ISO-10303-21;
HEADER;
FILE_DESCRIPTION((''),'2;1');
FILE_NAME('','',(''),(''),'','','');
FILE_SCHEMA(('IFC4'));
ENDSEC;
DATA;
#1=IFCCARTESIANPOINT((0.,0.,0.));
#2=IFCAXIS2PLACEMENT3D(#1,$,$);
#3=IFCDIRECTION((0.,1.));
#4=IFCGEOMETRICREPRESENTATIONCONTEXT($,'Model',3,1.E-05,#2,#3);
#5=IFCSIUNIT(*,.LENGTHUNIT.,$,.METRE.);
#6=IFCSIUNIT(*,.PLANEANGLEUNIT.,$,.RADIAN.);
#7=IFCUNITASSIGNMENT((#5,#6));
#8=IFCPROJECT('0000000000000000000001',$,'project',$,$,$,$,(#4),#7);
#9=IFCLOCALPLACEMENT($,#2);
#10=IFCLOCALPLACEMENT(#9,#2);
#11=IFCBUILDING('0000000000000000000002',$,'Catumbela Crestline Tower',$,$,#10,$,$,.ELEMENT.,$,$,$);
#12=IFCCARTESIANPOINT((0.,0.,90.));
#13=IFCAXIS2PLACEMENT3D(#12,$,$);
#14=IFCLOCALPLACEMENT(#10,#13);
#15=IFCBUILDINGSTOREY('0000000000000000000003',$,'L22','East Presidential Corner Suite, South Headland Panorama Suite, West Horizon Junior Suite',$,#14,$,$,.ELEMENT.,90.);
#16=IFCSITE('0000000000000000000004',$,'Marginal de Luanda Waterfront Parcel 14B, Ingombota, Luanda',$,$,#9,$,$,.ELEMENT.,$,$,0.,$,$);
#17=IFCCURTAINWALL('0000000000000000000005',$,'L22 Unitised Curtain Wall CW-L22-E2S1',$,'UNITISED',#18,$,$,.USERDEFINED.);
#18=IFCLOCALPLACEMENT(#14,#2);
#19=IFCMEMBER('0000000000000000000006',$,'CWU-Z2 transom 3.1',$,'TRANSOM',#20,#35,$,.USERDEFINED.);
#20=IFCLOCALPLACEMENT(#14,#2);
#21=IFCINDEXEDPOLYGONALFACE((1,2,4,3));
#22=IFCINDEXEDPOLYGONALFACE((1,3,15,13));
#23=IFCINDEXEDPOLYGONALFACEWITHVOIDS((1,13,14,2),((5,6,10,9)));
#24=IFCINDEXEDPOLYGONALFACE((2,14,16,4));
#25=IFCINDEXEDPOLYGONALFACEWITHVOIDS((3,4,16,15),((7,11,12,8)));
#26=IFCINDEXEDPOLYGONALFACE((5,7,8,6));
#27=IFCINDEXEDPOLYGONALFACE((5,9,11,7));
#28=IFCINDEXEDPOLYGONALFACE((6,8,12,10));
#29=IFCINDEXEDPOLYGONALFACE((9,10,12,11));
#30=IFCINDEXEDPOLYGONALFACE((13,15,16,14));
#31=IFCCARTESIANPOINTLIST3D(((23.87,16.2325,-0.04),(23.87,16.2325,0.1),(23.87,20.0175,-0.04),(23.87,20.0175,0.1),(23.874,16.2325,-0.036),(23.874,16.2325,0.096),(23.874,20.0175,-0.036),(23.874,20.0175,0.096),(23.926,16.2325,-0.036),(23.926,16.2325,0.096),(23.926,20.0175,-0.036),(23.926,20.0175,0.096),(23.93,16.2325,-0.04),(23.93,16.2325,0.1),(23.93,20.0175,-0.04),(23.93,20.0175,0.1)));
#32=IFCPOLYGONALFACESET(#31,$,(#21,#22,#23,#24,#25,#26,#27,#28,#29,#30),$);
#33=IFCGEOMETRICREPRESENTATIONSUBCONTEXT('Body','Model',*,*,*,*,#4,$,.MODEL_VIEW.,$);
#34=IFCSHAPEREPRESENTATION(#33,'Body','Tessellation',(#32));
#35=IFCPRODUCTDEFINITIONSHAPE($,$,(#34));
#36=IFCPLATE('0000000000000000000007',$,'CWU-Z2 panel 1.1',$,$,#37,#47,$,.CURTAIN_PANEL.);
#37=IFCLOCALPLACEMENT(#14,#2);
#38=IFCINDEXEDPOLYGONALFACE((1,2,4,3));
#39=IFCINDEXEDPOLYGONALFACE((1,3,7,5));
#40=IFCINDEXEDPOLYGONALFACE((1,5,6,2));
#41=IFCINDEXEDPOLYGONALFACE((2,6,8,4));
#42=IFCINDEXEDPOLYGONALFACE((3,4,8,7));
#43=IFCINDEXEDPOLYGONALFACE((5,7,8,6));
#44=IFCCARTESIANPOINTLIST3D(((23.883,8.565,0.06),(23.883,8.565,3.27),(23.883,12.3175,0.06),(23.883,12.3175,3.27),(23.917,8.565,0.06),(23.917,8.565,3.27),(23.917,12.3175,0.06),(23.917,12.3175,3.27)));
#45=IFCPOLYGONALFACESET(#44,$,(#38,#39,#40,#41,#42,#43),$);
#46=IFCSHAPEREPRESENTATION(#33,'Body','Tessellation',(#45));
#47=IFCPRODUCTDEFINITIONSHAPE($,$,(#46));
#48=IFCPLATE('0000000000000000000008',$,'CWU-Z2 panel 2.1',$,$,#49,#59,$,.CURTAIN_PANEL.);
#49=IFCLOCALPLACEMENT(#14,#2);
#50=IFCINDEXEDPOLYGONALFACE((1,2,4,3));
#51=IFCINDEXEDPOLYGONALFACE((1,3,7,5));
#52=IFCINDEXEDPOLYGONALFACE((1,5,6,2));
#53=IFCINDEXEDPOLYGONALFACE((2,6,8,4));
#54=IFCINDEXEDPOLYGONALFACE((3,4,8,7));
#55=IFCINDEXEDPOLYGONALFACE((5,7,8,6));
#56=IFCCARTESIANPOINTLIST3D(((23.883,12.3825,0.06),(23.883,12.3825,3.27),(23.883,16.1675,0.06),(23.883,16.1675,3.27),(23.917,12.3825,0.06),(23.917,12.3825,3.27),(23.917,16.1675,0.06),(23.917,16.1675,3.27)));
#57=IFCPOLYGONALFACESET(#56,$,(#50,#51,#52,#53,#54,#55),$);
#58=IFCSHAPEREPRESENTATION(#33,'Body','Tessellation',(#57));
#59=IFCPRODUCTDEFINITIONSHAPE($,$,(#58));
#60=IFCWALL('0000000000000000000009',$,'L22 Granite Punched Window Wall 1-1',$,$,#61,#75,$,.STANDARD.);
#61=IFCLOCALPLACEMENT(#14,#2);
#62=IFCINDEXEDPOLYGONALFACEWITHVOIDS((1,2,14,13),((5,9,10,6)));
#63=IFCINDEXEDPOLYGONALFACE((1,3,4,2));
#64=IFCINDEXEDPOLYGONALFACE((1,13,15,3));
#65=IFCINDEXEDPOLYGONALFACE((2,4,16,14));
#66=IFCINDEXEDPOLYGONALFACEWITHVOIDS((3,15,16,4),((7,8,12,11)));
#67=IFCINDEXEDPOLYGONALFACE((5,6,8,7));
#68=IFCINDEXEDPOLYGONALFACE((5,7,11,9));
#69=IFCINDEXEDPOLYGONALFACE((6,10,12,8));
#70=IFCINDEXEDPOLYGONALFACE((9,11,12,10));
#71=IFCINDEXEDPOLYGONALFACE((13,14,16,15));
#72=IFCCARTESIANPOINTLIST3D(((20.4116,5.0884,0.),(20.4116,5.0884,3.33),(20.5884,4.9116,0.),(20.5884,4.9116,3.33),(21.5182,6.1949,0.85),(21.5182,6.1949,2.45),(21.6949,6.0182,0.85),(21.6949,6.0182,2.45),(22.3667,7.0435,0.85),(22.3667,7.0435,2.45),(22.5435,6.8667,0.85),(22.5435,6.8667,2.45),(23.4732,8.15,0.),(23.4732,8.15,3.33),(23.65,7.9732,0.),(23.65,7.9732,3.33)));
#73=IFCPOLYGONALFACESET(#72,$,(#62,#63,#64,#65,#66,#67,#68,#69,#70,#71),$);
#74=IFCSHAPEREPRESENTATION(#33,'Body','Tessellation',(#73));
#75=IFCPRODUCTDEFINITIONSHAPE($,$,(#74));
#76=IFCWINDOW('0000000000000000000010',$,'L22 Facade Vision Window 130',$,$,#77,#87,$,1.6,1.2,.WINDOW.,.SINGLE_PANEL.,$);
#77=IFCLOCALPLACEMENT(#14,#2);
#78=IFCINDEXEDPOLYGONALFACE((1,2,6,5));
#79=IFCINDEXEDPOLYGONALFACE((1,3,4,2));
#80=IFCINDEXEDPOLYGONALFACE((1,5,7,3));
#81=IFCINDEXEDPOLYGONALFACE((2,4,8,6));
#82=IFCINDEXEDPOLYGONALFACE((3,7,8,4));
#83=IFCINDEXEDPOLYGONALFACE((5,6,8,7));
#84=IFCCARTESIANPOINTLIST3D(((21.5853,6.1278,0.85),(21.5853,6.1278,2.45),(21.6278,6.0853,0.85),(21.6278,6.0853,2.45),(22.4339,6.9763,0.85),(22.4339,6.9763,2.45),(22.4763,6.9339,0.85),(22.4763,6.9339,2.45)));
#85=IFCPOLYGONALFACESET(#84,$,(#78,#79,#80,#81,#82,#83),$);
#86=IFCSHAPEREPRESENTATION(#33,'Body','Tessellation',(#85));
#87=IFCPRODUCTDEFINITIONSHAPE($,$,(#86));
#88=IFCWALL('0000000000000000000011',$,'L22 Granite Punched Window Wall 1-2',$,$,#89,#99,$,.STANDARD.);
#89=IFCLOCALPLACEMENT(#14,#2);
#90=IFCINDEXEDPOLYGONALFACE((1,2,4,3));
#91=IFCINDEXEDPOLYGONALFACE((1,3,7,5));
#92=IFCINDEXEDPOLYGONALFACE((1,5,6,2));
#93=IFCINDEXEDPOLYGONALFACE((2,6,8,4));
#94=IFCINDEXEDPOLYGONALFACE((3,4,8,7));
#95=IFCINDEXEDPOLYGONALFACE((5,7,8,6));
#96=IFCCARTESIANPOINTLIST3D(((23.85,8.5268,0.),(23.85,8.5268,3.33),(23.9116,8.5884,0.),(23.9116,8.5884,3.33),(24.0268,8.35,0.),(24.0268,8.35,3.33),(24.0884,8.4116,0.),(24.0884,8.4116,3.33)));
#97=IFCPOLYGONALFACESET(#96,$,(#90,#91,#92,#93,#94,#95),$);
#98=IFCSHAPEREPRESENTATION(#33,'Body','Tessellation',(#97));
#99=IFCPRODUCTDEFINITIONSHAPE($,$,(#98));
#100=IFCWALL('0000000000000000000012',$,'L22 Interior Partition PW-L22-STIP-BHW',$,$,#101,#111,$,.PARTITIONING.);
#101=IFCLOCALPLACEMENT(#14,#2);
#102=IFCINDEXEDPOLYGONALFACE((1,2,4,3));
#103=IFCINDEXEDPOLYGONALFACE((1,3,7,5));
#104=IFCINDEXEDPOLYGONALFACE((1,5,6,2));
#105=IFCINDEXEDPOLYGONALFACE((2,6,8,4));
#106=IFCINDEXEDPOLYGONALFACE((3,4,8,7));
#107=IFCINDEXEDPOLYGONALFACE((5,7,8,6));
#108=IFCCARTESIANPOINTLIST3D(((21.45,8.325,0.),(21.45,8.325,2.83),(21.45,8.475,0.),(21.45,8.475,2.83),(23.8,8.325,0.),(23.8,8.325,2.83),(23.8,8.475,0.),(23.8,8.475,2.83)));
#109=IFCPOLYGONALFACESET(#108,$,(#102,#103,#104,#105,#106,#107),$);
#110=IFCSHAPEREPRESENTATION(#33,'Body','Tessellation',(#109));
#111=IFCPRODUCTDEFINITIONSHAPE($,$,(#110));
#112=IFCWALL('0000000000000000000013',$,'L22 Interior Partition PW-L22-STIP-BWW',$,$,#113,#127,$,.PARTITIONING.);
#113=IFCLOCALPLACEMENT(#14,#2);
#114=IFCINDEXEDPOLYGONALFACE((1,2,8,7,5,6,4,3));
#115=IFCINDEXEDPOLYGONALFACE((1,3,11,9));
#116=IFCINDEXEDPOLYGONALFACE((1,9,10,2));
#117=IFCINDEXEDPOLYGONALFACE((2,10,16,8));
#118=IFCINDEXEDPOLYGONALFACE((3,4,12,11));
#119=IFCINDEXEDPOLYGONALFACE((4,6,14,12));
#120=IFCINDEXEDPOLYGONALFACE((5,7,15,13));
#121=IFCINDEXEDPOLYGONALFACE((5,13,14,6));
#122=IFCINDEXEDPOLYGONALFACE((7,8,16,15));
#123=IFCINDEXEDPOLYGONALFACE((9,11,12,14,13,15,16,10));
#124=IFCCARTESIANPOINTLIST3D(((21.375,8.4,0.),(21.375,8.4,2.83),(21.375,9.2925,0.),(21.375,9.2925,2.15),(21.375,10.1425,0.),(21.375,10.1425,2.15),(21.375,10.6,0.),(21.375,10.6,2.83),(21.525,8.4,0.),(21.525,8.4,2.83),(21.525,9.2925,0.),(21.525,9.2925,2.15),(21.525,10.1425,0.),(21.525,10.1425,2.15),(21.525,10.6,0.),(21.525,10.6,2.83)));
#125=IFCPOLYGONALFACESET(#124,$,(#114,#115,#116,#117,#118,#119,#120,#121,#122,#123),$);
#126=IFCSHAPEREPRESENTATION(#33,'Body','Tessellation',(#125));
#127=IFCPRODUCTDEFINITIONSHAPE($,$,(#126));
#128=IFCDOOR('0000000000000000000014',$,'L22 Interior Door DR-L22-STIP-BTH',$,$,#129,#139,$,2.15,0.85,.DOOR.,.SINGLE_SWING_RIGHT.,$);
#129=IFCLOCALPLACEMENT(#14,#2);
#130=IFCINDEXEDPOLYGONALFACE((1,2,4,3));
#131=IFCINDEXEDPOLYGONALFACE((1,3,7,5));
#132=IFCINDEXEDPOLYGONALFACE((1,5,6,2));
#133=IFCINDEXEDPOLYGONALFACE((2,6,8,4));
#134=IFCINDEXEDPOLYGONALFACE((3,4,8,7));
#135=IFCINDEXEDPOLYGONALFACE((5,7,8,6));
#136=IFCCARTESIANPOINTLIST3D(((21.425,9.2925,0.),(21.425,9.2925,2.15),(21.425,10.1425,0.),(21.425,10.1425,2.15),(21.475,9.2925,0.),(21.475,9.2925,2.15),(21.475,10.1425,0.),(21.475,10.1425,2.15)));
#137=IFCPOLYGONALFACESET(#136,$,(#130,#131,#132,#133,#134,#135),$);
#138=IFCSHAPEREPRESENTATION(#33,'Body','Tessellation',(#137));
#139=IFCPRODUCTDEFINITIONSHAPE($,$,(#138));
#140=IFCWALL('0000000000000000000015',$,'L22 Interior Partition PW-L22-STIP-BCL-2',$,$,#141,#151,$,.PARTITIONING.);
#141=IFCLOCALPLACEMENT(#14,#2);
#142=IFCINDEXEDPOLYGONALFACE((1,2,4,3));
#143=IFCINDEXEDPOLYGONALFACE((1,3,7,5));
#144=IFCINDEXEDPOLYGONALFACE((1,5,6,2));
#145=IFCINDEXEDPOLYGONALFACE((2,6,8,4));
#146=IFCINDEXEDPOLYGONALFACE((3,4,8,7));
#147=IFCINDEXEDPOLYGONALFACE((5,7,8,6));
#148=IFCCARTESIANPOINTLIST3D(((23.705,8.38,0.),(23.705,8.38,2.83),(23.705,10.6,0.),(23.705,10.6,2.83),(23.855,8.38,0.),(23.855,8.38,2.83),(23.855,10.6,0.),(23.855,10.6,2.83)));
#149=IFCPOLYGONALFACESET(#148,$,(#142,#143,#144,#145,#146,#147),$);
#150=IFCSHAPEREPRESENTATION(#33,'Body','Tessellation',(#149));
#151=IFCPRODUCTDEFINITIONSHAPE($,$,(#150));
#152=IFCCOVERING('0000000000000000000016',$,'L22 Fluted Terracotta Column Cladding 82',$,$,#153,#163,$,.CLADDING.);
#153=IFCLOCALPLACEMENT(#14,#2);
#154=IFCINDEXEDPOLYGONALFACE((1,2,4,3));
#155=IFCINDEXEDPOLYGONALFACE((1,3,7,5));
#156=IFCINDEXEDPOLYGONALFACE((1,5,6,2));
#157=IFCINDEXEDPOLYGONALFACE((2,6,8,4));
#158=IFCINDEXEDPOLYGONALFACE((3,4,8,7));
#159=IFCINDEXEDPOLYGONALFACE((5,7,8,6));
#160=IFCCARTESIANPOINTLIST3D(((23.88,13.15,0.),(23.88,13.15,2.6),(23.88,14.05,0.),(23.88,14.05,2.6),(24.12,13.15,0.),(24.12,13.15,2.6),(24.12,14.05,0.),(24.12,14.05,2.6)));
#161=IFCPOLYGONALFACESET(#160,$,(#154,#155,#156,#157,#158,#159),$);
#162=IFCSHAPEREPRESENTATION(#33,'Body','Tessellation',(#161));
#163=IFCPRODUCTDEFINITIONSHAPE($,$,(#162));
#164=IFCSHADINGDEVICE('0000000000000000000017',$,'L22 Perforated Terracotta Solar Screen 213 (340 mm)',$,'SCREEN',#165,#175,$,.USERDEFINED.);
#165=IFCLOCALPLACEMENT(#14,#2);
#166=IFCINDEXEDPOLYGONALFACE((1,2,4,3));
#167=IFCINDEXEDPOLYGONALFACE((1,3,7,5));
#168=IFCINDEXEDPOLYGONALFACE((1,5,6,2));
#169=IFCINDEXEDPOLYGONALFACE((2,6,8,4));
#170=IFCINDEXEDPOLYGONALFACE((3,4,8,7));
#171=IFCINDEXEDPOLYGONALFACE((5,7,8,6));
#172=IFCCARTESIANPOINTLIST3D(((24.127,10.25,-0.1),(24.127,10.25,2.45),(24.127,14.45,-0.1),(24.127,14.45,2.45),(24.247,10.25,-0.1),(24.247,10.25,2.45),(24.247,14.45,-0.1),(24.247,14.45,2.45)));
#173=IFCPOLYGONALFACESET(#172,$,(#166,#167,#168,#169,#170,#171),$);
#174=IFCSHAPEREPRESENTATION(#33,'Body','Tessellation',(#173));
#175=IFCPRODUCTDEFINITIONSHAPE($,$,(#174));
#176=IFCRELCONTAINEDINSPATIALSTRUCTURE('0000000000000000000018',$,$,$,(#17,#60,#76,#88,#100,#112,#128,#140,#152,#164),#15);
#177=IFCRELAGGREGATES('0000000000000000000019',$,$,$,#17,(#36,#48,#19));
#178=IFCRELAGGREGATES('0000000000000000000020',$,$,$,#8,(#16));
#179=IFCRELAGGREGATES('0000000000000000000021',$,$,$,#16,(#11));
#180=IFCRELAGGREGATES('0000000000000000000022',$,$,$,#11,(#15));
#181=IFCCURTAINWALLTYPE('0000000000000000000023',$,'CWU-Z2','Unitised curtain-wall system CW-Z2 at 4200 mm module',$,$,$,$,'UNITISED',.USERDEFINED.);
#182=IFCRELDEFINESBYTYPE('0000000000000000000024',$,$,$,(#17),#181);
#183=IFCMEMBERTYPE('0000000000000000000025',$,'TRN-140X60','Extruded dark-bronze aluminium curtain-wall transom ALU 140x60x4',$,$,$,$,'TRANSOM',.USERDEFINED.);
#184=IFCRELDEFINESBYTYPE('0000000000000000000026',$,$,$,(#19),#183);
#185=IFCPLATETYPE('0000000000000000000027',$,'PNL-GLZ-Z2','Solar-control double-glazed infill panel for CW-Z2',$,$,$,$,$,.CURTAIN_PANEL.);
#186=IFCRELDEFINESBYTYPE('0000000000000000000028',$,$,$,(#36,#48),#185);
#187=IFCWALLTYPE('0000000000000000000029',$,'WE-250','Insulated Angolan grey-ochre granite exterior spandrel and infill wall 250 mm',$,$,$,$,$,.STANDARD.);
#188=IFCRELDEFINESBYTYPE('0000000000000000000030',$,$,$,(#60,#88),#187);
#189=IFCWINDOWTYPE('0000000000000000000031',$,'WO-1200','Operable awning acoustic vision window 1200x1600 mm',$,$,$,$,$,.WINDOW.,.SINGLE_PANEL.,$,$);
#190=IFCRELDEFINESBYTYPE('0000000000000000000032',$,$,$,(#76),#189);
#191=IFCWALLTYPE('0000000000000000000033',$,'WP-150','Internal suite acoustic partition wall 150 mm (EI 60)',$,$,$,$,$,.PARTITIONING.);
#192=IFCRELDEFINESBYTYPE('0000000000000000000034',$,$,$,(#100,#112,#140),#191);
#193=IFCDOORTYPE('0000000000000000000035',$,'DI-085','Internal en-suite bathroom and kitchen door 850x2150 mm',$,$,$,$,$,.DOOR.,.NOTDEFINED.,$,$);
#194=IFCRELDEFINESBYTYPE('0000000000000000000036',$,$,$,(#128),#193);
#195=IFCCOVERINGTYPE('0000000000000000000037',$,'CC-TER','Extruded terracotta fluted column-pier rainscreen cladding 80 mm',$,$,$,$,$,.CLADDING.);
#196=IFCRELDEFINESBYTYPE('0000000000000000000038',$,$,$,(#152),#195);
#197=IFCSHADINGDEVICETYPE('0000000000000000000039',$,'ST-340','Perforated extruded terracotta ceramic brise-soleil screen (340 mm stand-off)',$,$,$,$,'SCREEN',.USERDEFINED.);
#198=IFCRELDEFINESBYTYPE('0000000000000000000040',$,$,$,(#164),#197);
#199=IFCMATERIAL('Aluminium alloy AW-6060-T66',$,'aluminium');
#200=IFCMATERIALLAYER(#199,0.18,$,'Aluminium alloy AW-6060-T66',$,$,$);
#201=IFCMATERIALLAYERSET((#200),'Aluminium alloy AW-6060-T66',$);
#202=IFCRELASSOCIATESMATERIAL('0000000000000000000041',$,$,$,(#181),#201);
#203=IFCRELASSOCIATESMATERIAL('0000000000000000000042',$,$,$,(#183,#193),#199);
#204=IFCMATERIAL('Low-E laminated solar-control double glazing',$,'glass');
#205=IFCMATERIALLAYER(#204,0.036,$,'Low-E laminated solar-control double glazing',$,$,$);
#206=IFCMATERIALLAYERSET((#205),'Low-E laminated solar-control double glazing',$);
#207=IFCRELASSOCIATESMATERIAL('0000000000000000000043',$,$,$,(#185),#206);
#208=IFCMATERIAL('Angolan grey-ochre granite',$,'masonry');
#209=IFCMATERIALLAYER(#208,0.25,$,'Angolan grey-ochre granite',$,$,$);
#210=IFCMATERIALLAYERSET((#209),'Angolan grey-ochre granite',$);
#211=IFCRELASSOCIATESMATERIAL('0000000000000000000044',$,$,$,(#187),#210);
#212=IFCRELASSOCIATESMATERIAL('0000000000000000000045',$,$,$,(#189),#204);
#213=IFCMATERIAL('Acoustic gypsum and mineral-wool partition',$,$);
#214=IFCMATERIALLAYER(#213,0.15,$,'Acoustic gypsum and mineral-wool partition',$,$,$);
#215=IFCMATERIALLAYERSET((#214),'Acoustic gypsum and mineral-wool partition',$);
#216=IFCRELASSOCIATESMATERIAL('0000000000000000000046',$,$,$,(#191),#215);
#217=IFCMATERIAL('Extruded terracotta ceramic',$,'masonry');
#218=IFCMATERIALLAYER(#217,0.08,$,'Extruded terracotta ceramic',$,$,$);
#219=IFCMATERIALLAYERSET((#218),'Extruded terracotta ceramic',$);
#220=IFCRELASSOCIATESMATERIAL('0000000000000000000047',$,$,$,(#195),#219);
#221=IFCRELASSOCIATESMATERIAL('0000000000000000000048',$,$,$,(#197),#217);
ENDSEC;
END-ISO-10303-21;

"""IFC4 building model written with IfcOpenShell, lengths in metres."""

from ifc_helpers import new_model, si_unit, direction, frame, frame_2d, origin, origin_2d, place, context, subcontext, project, spatial, rectangle, hollow_rectangle, extrude, material, layer, layer_set, material_profile, profile_set, type_object, element, fill, aggregate, save


model = new_model("IFC4")

# Units and contexts
model_context = context("Model", 3, precision=1e-05, world=origin(), true_north=direction((0.0, 1.0)))
body_context = subcontext(model_context, "Body", "Model", "MODEL_VIEW")
ifc_project = project(units=[si_unit("LENGTHUNIT", "METRE"), si_unit("PLANEANGLEUNIT", "RADIAN")], contexts=[model_context])

# Site, building, storey
site_placement = place(None, origin())
site = spatial("IfcSite", under=ifc_project, at=site_placement, Name="Marginal de Luanda Waterfront Parcel 14B, Ingombota, Luanda", CompositionType="ELEMENT", RefElevation=0.0)
building_placement = place(site_placement, origin())
building = spatial("IfcBuilding", under=site, at=building_placement, Name="Catumbela Crestline Tower", CompositionType="ELEMENT")
storey_placement = place(building_placement, frame((0.0, 0.0, 90.0)))
storey = spatial("IfcBuildingStorey", under=building, at=storey_placement, Name="L22", Description="East Presidential Corner Suite, South Headland Panorama Suite, West Horizon Junior Suite", CompositionType="ELEMENT", Elevation=90.0)

# Shared definitions
ifc_material_1 = material(Name="Aluminium alloy AW-6060-T66", Category="aluminium")
ifc_layer_1 = layer(ifc_material_1, 0.18, Name="Aluminium alloy AW-6060-T66")
ifc_layer_set_1 = layer_set([ifc_layer_1], Name="Aluminium alloy AW-6060-T66")
curtain_wall_type = type_object("IfcCurtainWallType", Name="CWU-Z2", Description="Unitised curtain-wall system CW-Z2 at 4200 mm module", ElementType="UNITISED", PredefinedType="USERDEFINED", material=ifc_layer_set_1)

# Curtain wall
curtain_wall_1_placement = place(storey_placement, origin())
curtain_wall_1 = element("IfcCurtainWall", 1, at=curtain_wall_1_placement, inside=storey, type_object=curtain_wall_type, Name="L22 Unitised Curtain Wall CW-L22-E2S1", ObjectType="UNITISED", PredefinedType="USERDEFINED")

# Member
ifc_material_profile_1 = material_profile(ifc_material_1, hollow_rectangle(XDim=0.06, YDim=0.14, WallThickness=0.004, at=origin_2d()), Name="ALU 140x60x4")
ifc_profile_set_1 = profile_set([ifc_material_profile_1], Name="Aluminium alloy AW-6060-T66")
member_type_1 = type_object("IfcMemberType", Name="TRN-140X60", Description="Extruded dark-bronze aluminium curtain-wall transom ALU 140x60x4", ElementType="TRANSOM", PredefinedType="USERDEFINED", material=ifc_profile_set_1)
member_1_placement = place(storey_placement, frame((23.9, 16.2325, 0.03), z_axis=(0.0, 1.0, 0.0), x_axis=(-1.0, 0.0, 0.0)))
member_1 = element("IfcMember", 2, at=member_1_placement, type_object=member_type_1, Name="CWU-Z2 transom 3.1", ObjectType="TRANSOM", PredefinedType="USERDEFINED", context=body_context, shape_type="SweptSolid", body=[
    extrude(hollow_rectangle(XDim=0.06, YDim=0.14, WallThickness=0.004, at=origin_2d()), origin(), (0.0, 0.0, 1.0), 3.785),
])

# Plates
ifc_material_2 = material(Name="Low-E laminated solar-control double glazing", Category="glass")
ifc_layer_2 = layer(ifc_material_2, 0.036, Name="Low-E laminated solar-control double glazing")
ifc_layer_set_2 = layer_set([ifc_layer_2], Name="Low-E laminated solar-control double glazing")
plate_type = type_object("IfcPlateType", Name="PNL-GLZ-Z2", Description="Solar-control double-glazed infill panel for CW-Z2", PredefinedType="CURTAIN_PANEL", material=ifc_layer_set_2)
plate_1_placement = place(storey_placement, frame((23.9, 10.4412, 0.06), z_axis=(0.0, 0.0, 1.0), x_axis=(0.0, 1.0, 0.0)))
plate_1 = element("IfcPlate", 3, at=plate_1_placement, type_object=plate_type, Name="CWU-Z2 panel 1.1", PredefinedType="CURTAIN_PANEL", context=body_context, shape_type="SweptSolid", body=[
    extrude(rectangle(XDim=3.7525, YDim=0.034, at=origin_2d()), origin(), (0.0, 0.0, 1.0), 3.21),
])
plate_2_placement = place(storey_placement, frame((23.9, 14.275, 0.06), z_axis=(0.0, 0.0, 1.0), x_axis=(0.0, 1.0, 0.0)))
plate_2 = element("IfcPlate", 4, at=plate_2_placement, type_object=plate_type, Name="CWU-Z2 panel 2.1", PredefinedType="CURTAIN_PANEL", context=body_context, shape_type="SweptSolid", body=[
    extrude(rectangle(XDim=3.785, YDim=0.034, at=origin_2d()), origin(), (0.0, 0.0, 1.0), 3.21),
])
aggregate(curtain_wall_1, [plate_1, plate_2, member_1])

# Wall, opening, window
ifc_material_3 = material(Name="Angolan grey-ochre granite", Category="masonry")
ifc_layer_3 = layer(ifc_material_3, 0.25, Name="Angolan grey-ochre granite")
ifc_layer_set_3 = layer_set([ifc_layer_3], Name="Angolan grey-ochre granite")
wall_type_1 = type_object("IfcWallType", Name="WE-250", Description="Insulated Angolan grey-ochre granite exterior spandrel and infill wall 250 mm", PredefinedType="STANDARD", material=ifc_layer_set_3)
wall_1_placement = place(storey_placement, frame((20.5, 5.0, 0.0), z_axis=(0.0, 0.0, 1.0), x_axis=(0.707107, 0.707107, 0.0)))
wall_1 = element("IfcWall", 5, at=wall_1_placement, inside=storey, type_object=wall_type_1, Name="L22 Granite Punched Window Wall 1-1", PredefinedType="STANDARD", context=body_context, shape_type="SweptSolid", body=[
    extrude(rectangle(XDim=4.3298, YDim=0.25, at=frame_2d((2.1649, 0.0))), origin(), (0.0, 0.0, 1.0), 3.33),
])
opening_1_placement = place(wall_1_placement, frame((1.5649, 0.0, 0.85)))
opening_1 = element("IfcOpeningElement", 6, at=opening_1_placement, cuts=wall_1, PredefinedType="OPENING", context=body_context, shape_type="SweptSolid", body=[
    extrude(rectangle(XDim=1.2, YDim=1.6, at=frame_2d((0.6, 0.8))), frame((0.0, 0.135, 0.0), z_axis=(0.0, -1.0, 0.0), x_axis=(1.0, 0.0, 0.0)), (0.0, 0.0, 1.0), 0.27),
])
window_type = type_object("IfcWindowType", Name="WO-1200", Description="Operable awning acoustic vision window 1200x1600 mm", PartitioningType="SINGLE_PANEL", PredefinedType="WINDOW", material=ifc_material_2)
window_placement = place(opening_1_placement, origin())
window = element("IfcWindow", 7, at=window_placement, inside=storey, type_object=window_type, Name="L22 Facade Vision Window 130", OverallHeight=1.6, OverallWidth=1.2, PartitioningType="SINGLE_PANEL", PredefinedType="WINDOW", context=body_context, shape_type="SweptSolid", body=[
    extrude(rectangle(XDim=1.2, YDim=1.6, at=frame_2d((0.6, 0.8))), frame((0.0, 0.03, 0.0), z_axis=(0.0, -1.0, 0.0), x_axis=(1.0, 0.0, 0.0)), (0.0, 0.0, 1.0), 0.06),
])
fill(opening_1, window)

# Walls
wall_2_placement = place(storey_placement, frame((23.9384, 8.4384, 0.0), z_axis=(0.0, 0.0, 1.0), x_axis=(0.707107, 0.707107, 0.0)))
element("IfcWall", 8, at=wall_2_placement, inside=storey, type_object=wall_type_1, Name="L22 Granite Punched Window Wall 1-2", PredefinedType="STANDARD", context=body_context, shape_type="SweptSolid", body=[
    extrude(rectangle(XDim=0.0871, YDim=0.25, at=frame_2d((0.0436, 0.0))), origin(), (0.0, 0.0, 1.0), 3.33),
])
ifc_material_4 = material(Name="Acoustic gypsum and mineral-wool partition")
ifc_layer_4 = layer(ifc_material_4, 0.15, Name="Acoustic gypsum and mineral-wool partition")
ifc_layer_set_4 = layer_set([ifc_layer_4], Name="Acoustic gypsum and mineral-wool partition")
wall_type_2 = type_object("IfcWallType", Name="WP-150", Description="Internal suite acoustic partition wall 150 mm (EI 60)", PredefinedType="PARTITIONING", material=ifc_layer_set_4)
wall_3_placement = place(storey_placement, frame((21.45, 8.4, 0.0), z_axis=(0.0, 0.0, 1.0), x_axis=(1.0, 0.0, 0.0)))
element("IfcWall", 9, at=wall_3_placement, inside=storey, type_object=wall_type_2, Name="L22 Interior Partition PW-L22-STIP-BHW", PredefinedType="PARTITIONING", context=body_context, shape_type="SweptSolid", body=[
    extrude(rectangle(XDim=2.35, YDim=0.15, at=frame_2d((1.175, 0.0))), origin(), (0.0, 0.0, 1.0), 2.83),
])

# Wall, opening, door
wall_4_placement = place(storey_placement, frame((21.45, 8.4, 0.0), z_axis=(0.0, 0.0, 1.0), x_axis=(0.0, 1.0, 0.0)))
wall_4 = element("IfcWall", 10, at=wall_4_placement, inside=storey, type_object=wall_type_2, Name="L22 Interior Partition PW-L22-STIP-BWW", PredefinedType="PARTITIONING", context=body_context, shape_type="SweptSolid", body=[
    extrude(rectangle(XDim=2.2, YDim=0.15, at=frame_2d((1.1, 0.0))), origin(), (0.0, 0.0, 1.0), 2.83),
])
opening_2_placement = place(wall_4_placement, frame((0.8925, 0.0, 0.0)))
opening_2 = element("IfcOpeningElement", 11, at=opening_2_placement, cuts=wall_4, PredefinedType="OPENING", context=body_context, shape_type="SweptSolid", body=[
    extrude(rectangle(XDim=0.85, YDim=2.15, at=frame_2d((0.425, 1.075))), frame((0.0, 0.085, 0.0), z_axis=(0.0, -1.0, 0.0), x_axis=(1.0, 0.0, 0.0)), (0.0, 0.0, 1.0), 0.17),
])
door_type = type_object("IfcDoorType", Name="DI-085", Description="Internal en-suite bathroom and kitchen door 850x2150 mm", OperationType="NOTDEFINED", PredefinedType="DOOR", material=ifc_material_1)
door_placement = place(opening_2_placement, origin())
door = element("IfcDoor", 12, at=door_placement, inside=storey, type_object=door_type, Name="L22 Interior Door DR-L22-STIP-BTH", OperationType="SINGLE_SWING_RIGHT", OverallHeight=2.15, OverallWidth=0.85, PredefinedType="DOOR", context=body_context, shape_type="SweptSolid", body=[
    extrude(rectangle(XDim=0.85, YDim=2.15, at=frame_2d((0.425, 1.075))), frame((0.0, 0.025, 0.0), z_axis=(0.0, -1.0, 0.0), x_axis=(1.0, 0.0, 0.0)), (0.0, 0.0, 1.0), 0.05),
])
fill(opening_2, door)

# Wall
wall_5_placement = place(storey_placement, frame((23.78, 10.6, 0.0), z_axis=(0.0, 0.0, 1.0), x_axis=(0.0, -1.0, 0.0)))
element("IfcWall", 13, at=wall_5_placement, inside=storey, type_object=wall_type_2, Name="L22 Interior Partition PW-L22-STIP-BCL-2", PredefinedType="PARTITIONING", context=body_context, shape_type="SweptSolid", body=[
    extrude(rectangle(XDim=2.22, YDim=0.15, at=frame_2d((1.11, 0.0))), origin(), (0.0, 0.0, 1.0), 2.83),
])

# Covering
ifc_material_5 = material(Name="Extruded terracotta ceramic", Category="masonry")
ifc_layer_5 = layer(ifc_material_5, 0.08, Name="Extruded terracotta ceramic")
ifc_layer_set_5 = layer_set([ifc_layer_5], Name="Extruded terracotta ceramic")
covering_type = type_object("IfcCoveringType", Name="CC-TER", Description="Extruded terracotta fluted column-pier rainscreen cladding 80 mm", PredefinedType="CLADDING", material=ifc_layer_set_5)
covering_placement = place(storey_placement, frame((24.0, 13.6, 0.0), z_axis=(0.0, 0.0, 1.0), x_axis=(0.0, 1.0, 0.0)))
element("IfcCovering", 14, at=covering_placement, inside=storey, type_object=covering_type, Name="L22 Fluted Terracotta Column Cladding 82", PredefinedType="CLADDING", context=body_context, shape_type="SweptSolid", body=[
    extrude(rectangle(XDim=0.9, YDim=0.24, at=origin_2d()), origin(), (0.0, 0.0, 1.0), 2.6),
])

# Shading device
shading_device_type = type_object("IfcShadingDeviceType", Name="ST-340", Description="Perforated extruded terracotta ceramic brise-soleil screen (340 mm stand-off)", ElementType="SCREEN", PredefinedType="USERDEFINED", material=ifc_material_5)
shading_device_placement = place(storey_placement, frame((24.187, 12.35, -0.1), z_axis=(0.0, 0.0, 1.0), x_axis=(0.0, 1.0, 0.0)))
element("IfcShadingDevice", 15, at=shading_device_placement, inside=storey, type_object=shading_device_type, Name="L22 Perforated Terracotta Solar Screen 213 (340 mm)", ObjectType="SCREEN", PredefinedType="USERDEFINED", context=body_context, shape_type="SweptSolid", body=[
    extrude(rectangle(XDim=4.2, YDim=0.12, at=origin_2d()), origin(), (0.0, 0.0, 1.0), 2.55),
])

save(model, "model.ifc")
